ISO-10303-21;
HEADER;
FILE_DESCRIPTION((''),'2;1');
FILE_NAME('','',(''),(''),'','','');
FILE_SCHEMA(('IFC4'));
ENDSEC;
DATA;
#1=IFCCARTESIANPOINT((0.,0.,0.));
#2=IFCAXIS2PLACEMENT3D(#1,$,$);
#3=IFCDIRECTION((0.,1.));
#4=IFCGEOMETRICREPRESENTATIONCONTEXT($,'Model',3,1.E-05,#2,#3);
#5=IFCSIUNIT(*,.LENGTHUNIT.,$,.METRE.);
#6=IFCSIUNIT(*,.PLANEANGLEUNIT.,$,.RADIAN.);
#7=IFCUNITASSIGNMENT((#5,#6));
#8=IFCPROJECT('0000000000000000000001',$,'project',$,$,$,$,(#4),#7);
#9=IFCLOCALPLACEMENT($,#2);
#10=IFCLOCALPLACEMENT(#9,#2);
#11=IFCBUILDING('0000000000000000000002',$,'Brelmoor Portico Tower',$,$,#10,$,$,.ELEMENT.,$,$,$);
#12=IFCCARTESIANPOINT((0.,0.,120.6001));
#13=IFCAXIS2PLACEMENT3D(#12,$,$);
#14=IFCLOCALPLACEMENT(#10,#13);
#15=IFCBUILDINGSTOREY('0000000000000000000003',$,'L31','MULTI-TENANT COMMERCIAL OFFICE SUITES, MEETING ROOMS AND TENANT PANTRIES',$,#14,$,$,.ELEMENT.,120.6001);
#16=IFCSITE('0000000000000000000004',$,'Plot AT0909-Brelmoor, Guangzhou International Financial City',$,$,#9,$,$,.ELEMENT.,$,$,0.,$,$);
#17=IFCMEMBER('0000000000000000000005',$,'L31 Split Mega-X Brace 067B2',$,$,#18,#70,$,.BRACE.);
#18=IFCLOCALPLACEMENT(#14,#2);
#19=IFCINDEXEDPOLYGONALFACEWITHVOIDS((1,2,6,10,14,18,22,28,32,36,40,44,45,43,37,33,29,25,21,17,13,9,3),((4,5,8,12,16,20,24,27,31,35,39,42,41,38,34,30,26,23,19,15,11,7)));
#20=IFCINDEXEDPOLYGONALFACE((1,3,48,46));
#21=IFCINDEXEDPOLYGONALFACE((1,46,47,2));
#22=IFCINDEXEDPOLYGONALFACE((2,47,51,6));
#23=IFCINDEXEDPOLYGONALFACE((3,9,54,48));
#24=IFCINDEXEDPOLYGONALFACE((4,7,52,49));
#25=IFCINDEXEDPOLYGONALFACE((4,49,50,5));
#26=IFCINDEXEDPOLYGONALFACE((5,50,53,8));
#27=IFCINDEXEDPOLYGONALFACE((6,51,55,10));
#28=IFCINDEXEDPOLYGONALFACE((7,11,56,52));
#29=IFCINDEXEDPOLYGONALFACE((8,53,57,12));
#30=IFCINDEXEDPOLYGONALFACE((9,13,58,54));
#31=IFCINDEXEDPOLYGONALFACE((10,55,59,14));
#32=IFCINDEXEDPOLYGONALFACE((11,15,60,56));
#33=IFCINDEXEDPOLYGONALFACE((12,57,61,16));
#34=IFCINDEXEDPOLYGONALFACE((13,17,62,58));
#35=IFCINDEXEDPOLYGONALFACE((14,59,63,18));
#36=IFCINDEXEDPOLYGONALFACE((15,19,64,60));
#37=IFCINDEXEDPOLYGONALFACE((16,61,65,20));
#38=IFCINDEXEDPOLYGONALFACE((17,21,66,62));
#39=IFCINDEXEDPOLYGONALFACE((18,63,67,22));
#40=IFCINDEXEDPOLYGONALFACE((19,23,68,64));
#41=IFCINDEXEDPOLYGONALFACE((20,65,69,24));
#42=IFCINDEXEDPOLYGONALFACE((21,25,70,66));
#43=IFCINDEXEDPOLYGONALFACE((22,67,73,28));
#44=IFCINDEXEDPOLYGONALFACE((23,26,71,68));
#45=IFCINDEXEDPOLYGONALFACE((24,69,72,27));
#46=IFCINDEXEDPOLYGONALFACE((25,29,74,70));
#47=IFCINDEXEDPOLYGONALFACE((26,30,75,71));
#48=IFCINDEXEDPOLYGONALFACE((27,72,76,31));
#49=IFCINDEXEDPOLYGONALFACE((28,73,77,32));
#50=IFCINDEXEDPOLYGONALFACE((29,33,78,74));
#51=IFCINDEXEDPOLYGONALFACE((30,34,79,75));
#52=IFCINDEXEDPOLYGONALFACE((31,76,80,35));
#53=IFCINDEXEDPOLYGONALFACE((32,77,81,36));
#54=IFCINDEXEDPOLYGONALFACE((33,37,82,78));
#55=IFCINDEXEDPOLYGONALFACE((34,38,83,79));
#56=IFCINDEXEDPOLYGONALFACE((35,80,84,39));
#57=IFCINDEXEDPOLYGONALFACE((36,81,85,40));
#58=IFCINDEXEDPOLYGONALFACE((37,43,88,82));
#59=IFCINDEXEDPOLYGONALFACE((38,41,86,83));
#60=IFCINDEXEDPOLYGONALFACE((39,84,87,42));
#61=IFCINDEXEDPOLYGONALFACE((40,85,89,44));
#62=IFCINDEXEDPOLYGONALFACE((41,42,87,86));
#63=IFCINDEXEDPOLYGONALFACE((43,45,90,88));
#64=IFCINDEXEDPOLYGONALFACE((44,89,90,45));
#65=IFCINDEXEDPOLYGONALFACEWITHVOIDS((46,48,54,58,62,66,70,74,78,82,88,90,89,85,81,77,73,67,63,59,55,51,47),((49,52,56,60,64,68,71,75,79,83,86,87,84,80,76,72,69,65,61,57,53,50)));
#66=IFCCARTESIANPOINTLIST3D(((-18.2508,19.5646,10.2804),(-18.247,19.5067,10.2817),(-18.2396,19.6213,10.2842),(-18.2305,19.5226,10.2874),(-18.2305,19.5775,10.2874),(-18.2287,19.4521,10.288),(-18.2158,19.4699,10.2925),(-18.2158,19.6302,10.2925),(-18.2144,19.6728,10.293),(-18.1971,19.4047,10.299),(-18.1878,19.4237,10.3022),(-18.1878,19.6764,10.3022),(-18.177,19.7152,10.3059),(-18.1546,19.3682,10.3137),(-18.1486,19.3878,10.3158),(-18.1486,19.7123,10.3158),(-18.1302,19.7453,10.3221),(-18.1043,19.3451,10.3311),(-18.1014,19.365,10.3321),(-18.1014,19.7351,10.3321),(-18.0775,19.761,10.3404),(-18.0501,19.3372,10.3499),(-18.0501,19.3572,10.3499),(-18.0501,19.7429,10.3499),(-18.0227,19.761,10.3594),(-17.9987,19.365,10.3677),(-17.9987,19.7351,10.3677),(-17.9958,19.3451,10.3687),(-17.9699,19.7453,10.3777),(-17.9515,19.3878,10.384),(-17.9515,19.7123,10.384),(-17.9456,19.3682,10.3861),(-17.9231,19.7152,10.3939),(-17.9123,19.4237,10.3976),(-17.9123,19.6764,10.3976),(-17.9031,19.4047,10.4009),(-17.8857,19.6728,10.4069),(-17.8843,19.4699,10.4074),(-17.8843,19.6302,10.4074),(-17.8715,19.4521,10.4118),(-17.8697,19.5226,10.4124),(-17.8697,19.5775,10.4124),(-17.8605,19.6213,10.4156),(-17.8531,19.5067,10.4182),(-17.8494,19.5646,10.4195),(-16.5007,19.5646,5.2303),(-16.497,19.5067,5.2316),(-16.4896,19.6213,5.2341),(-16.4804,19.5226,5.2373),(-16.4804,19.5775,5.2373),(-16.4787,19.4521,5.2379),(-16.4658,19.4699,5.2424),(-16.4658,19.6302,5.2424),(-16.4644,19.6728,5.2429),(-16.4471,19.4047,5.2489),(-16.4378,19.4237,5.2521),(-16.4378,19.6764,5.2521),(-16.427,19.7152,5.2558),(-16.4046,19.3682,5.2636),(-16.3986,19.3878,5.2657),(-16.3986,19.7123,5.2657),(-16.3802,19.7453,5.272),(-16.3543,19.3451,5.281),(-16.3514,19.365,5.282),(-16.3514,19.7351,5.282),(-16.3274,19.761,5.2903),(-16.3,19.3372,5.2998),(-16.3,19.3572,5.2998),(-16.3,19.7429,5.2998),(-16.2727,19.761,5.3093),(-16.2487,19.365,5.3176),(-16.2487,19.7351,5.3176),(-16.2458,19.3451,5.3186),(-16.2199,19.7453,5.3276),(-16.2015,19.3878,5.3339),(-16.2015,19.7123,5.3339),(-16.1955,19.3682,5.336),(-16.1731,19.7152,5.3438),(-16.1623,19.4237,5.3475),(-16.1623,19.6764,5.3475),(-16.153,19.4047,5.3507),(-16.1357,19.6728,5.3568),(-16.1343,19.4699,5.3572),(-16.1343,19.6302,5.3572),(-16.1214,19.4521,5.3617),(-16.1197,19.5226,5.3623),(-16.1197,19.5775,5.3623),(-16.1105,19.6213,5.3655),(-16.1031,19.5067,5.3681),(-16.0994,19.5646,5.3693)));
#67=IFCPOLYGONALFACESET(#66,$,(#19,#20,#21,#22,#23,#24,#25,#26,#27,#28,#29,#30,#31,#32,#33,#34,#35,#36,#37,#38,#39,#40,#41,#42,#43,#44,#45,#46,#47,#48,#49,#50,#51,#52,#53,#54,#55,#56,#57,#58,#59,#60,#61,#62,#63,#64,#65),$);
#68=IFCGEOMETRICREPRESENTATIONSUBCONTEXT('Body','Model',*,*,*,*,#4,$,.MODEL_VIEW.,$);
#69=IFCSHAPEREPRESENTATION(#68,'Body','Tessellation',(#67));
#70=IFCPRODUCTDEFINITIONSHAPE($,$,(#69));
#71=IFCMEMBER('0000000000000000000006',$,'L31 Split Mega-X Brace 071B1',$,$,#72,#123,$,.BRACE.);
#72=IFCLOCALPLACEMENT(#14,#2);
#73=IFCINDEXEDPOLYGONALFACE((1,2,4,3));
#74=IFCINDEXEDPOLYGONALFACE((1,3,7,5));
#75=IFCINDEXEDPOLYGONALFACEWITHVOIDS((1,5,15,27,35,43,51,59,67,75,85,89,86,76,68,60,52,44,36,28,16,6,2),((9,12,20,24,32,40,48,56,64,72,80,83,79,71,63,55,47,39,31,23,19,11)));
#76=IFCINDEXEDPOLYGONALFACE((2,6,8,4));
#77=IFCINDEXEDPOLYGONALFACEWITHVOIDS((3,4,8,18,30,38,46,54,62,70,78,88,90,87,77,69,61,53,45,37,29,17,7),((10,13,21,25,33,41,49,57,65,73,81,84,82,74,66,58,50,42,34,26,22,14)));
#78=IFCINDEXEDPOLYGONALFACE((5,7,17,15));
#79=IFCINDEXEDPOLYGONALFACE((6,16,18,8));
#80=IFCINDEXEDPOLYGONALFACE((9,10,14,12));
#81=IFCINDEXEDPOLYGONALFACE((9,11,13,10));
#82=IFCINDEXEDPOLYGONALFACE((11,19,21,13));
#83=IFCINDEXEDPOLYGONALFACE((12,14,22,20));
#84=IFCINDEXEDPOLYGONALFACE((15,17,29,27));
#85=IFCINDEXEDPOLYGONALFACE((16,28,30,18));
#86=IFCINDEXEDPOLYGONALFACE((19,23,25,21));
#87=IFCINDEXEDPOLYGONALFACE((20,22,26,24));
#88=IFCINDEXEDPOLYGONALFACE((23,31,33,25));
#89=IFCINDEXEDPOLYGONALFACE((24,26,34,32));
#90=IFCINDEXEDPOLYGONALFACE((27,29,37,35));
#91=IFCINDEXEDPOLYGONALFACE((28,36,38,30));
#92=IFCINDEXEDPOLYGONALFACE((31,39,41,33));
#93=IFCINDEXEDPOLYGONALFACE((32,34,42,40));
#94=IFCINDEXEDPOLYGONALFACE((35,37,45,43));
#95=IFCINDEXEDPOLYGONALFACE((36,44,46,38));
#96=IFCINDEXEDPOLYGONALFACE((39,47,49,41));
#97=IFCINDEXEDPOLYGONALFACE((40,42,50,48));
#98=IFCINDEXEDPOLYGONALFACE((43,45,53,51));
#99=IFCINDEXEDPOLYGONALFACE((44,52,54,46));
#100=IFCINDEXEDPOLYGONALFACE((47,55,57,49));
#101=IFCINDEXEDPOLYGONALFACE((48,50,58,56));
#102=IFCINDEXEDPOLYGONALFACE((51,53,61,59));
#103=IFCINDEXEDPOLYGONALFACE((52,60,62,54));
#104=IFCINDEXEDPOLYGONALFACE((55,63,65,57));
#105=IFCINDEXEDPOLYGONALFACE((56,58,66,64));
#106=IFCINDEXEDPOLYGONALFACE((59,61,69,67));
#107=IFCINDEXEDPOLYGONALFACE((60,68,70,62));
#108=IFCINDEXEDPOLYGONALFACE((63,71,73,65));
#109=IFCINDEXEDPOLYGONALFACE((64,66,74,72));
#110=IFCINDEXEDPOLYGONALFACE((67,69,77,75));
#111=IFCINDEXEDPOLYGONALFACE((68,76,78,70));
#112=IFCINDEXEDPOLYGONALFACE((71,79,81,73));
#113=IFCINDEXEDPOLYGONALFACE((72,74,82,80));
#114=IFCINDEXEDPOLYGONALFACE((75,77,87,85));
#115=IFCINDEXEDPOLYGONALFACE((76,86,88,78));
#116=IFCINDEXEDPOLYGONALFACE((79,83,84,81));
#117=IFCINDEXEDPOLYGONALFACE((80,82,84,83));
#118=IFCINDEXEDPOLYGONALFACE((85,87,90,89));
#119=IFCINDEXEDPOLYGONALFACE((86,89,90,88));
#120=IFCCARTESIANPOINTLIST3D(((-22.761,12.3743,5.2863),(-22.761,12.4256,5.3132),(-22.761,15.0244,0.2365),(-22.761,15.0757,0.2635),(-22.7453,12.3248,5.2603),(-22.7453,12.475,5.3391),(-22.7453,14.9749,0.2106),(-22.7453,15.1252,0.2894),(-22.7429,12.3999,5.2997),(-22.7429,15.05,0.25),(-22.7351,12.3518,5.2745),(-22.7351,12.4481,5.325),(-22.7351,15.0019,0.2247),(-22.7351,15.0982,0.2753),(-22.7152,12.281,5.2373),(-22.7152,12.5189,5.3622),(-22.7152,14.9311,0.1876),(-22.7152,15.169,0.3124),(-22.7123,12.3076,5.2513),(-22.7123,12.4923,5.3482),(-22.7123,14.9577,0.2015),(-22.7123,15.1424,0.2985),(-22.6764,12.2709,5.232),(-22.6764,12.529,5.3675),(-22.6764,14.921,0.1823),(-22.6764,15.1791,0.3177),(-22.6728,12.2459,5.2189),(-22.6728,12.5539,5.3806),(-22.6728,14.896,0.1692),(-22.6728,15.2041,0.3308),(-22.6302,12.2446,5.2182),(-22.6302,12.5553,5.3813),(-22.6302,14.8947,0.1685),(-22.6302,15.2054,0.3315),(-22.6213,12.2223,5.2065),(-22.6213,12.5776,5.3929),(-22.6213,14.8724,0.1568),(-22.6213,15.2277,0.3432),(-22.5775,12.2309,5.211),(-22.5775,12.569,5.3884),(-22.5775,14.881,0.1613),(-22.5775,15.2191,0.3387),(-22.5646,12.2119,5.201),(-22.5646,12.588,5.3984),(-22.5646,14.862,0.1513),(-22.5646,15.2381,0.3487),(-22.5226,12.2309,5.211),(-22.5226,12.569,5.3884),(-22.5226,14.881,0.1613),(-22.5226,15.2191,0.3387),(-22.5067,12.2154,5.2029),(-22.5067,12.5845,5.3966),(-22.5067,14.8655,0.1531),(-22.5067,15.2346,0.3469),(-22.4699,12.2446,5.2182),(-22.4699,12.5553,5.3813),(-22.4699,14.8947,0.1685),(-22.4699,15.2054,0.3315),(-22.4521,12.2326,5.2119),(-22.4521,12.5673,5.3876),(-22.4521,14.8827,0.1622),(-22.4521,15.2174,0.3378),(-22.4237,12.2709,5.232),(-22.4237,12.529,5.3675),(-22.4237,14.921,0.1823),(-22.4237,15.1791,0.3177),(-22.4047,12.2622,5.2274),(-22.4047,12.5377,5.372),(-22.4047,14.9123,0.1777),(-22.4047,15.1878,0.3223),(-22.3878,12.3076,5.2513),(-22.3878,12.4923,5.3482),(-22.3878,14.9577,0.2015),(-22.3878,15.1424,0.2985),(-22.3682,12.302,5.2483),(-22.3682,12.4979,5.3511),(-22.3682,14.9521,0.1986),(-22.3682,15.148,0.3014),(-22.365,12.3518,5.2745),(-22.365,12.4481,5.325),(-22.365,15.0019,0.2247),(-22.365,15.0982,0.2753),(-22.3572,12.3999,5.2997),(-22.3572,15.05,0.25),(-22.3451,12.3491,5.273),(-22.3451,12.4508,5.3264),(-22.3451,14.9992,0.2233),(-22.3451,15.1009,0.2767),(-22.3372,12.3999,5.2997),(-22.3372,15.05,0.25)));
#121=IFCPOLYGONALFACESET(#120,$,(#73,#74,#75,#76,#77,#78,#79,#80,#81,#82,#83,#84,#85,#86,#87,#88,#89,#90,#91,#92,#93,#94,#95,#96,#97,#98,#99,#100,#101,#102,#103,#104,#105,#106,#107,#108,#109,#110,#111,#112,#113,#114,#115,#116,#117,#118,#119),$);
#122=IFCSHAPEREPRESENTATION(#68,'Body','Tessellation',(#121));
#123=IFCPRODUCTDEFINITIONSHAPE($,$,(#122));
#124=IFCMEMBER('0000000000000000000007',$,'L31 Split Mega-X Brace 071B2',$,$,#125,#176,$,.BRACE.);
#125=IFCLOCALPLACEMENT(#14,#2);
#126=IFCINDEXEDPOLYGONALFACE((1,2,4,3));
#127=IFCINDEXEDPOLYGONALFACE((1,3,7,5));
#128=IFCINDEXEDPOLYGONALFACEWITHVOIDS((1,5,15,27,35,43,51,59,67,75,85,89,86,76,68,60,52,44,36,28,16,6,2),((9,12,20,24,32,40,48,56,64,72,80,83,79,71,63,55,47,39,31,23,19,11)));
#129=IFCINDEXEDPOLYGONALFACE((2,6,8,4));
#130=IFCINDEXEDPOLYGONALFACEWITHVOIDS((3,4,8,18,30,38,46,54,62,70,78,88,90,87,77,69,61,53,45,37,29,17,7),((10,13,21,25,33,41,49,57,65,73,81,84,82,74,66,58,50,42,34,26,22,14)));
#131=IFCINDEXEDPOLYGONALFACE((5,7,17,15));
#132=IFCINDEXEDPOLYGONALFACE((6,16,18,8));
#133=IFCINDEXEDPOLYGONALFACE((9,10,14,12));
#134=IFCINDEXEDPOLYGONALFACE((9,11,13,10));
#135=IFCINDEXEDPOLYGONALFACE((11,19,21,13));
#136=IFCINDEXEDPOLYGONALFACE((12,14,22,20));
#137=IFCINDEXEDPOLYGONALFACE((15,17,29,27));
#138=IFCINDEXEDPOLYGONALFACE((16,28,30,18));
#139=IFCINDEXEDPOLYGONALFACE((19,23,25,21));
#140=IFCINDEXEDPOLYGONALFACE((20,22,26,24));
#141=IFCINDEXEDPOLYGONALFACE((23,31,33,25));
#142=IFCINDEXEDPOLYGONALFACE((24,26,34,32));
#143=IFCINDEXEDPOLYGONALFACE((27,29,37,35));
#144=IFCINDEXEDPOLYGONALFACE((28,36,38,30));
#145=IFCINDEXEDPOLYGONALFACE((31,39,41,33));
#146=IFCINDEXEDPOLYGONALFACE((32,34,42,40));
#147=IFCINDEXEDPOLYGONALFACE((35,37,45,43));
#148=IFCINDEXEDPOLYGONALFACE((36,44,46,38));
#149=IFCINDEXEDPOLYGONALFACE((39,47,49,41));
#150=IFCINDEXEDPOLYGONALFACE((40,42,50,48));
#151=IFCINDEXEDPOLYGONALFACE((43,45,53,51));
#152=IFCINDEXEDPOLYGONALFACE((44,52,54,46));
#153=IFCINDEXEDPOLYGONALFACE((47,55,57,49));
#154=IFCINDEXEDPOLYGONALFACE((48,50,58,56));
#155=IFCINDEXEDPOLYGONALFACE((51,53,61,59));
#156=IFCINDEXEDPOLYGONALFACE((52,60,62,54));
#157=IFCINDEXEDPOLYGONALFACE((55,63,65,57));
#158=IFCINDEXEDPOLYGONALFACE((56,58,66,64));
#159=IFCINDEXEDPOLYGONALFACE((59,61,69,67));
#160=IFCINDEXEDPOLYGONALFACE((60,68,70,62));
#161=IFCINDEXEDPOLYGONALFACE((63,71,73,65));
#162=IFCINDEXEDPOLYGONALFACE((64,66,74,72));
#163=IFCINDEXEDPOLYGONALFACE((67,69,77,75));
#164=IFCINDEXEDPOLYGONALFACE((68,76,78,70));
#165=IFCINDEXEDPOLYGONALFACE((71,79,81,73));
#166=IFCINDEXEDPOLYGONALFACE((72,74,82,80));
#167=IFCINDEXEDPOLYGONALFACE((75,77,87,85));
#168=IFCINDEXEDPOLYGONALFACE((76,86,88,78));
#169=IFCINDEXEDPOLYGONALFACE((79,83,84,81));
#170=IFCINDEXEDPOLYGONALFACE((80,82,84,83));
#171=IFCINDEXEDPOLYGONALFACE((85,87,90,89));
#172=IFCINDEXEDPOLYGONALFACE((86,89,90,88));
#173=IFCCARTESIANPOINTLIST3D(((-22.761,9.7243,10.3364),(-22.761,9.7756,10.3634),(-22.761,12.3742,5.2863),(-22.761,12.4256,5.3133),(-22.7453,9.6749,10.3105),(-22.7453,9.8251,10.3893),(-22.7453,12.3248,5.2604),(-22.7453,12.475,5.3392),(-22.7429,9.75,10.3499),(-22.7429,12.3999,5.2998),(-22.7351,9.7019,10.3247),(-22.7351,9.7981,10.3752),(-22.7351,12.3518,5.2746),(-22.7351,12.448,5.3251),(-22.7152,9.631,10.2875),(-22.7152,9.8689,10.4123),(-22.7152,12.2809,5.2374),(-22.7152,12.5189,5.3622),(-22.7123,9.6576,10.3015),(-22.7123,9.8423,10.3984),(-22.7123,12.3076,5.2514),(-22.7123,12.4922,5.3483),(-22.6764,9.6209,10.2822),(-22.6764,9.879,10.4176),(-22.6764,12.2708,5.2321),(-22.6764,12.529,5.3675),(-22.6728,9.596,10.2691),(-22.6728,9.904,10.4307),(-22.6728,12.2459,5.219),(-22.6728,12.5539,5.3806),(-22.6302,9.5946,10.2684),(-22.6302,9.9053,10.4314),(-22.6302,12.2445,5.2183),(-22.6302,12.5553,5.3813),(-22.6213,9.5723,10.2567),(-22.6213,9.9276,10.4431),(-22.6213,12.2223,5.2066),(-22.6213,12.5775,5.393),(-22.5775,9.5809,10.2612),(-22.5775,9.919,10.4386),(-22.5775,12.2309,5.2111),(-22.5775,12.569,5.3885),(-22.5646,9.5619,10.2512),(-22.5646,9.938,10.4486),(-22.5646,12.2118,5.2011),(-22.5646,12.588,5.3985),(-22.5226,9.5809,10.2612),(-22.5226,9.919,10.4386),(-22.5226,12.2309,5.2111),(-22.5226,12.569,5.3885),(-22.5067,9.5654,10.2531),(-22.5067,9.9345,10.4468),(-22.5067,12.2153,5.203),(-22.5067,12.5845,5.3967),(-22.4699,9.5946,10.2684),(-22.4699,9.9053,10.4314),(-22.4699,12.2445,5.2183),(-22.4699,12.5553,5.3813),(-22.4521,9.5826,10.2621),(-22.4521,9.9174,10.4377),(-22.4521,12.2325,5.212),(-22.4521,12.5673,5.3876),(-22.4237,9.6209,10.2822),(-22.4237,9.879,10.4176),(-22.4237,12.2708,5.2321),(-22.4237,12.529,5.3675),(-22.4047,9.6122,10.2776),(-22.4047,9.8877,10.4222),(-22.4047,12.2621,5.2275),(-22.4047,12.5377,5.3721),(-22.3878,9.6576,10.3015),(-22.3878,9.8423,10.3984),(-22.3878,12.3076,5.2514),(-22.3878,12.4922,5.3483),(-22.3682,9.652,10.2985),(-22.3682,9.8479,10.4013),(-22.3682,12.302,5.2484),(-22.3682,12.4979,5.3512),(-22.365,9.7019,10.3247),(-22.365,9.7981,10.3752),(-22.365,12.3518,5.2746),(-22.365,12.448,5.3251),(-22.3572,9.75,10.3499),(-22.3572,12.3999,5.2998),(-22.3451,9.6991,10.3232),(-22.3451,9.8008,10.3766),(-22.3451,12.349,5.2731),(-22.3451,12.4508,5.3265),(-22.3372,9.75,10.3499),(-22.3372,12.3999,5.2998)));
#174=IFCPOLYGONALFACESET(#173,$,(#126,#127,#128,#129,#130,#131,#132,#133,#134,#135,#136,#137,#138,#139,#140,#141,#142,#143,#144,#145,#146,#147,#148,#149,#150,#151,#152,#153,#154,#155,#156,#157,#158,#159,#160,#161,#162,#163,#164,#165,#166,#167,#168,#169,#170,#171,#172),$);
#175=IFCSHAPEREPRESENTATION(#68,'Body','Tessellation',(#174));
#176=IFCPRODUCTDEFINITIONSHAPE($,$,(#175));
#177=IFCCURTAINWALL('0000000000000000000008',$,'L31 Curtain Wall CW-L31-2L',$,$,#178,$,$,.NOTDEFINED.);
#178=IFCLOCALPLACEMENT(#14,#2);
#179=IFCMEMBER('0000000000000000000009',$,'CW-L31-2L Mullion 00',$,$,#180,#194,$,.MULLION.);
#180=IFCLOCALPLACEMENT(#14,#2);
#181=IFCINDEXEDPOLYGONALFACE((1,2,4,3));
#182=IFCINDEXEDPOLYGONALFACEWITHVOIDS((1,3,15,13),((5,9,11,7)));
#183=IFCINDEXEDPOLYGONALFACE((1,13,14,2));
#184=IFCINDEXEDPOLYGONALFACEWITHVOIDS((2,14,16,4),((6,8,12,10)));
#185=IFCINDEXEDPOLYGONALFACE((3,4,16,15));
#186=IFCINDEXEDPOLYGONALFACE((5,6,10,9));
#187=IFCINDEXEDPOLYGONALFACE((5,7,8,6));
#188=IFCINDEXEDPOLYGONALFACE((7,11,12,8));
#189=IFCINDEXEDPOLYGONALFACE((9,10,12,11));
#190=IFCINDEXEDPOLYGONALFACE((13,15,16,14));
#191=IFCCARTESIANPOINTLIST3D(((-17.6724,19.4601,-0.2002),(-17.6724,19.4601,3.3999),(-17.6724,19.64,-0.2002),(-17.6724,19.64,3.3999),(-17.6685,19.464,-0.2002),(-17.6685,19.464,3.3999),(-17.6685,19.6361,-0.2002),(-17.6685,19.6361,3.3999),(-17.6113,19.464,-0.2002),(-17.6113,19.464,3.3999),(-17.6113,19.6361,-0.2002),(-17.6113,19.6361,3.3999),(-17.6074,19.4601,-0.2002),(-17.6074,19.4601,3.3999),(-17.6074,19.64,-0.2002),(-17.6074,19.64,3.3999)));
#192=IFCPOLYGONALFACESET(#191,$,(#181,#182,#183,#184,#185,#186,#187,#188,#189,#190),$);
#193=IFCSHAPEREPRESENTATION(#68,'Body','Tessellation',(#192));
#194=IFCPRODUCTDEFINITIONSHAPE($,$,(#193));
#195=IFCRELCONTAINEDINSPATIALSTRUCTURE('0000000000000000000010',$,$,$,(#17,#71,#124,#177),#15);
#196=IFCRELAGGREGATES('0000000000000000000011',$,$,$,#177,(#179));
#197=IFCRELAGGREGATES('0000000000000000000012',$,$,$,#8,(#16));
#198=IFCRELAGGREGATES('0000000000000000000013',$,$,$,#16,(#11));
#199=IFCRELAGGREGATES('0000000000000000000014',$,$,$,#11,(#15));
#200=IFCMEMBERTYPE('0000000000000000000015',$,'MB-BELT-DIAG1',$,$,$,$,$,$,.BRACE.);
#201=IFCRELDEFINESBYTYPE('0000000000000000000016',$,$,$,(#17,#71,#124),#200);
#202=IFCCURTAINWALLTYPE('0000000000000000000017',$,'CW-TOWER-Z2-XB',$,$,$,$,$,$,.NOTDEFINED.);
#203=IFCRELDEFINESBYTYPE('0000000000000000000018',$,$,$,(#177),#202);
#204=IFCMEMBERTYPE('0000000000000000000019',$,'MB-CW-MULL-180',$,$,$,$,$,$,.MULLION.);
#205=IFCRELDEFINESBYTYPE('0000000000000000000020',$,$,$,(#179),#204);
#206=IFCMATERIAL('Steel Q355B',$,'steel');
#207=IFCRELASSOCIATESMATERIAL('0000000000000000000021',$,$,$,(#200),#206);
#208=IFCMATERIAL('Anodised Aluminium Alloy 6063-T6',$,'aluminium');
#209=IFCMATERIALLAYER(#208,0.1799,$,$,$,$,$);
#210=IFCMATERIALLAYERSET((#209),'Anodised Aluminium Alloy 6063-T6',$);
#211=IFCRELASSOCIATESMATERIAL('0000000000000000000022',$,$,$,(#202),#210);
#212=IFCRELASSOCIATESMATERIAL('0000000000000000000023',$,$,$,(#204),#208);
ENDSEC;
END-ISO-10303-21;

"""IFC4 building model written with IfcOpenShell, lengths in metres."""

from ifc_helpers import new_model, si_unit, direction, frame, origin, origin_2d, place, context, subcontext, project, spatial, hollow_rectangle, hollow_circle, extrude, material, layer, layer_set, material_profile, profile_set, type_object, element, aggregate, save


model = new_model("IFC4")

# Units and contexts
model_context = context("Model", 3, precision=1e-05, world=origin(), true_north=direction((0.0, 1.0)))
body_context = subcontext(model_context, "Body", "Model", "MODEL_VIEW")
ifc_project = project(units=[si_unit("LENGTHUNIT", "METRE"), si_unit("PLANEANGLEUNIT", "RADIAN")], contexts=[model_context])

# Site, building, storey
site_placement = place(None, origin())
site = spatial("IfcSite", under=ifc_project, at=site_placement, Name="Plot AT0909-Brelmoor, Guangzhou International Financial City", CompositionType="ELEMENT", RefElevation=0.0)
building_placement = place(site_placement, origin())
building = spatial("IfcBuilding", under=site, at=building_placement, Name="Brelmoor Portico Tower", CompositionType="ELEMENT")
storey_placement = place(building_placement, frame((0.0, 0.0, 120.6001)))
storey = spatial("IfcBuildingStorey", under=building, at=storey_placement, Name="L31", Description="MULTI-TENANT COMMERCIAL OFFICE SUITES, MEETING ROOMS AND TENANT PANTRIES", CompositionType="ELEMENT", Elevation=120.6001)

# Shared definitions
ifc_material_1 = material(Name="Steel Q355B", Category="steel")

# Members
ifc_material_profile_1 = material_profile(ifc_material_1, hollow_circle(Radius=0.2129, WallThickness=0.02, at=origin_2d()), Name="CHS 426x20")
ifc_profile_set_1 = profile_set([ifc_material_profile_1], Name="Steel Q355B")
member_type_1 = type_object("IfcMemberType", Name="MB-BELT-DIAG1", PredefinedType="BRACE", material=ifc_profile_set_1)
member_1_placement = place(storey_placement, frame((-16.3, 19.55, 5.2998), z_axis=(-0.327429, 0.0, 0.944876), x_axis=(0.0, -1.0, 0.0)))
element("IfcMember", 1, at=member_1_placement, inside=storey, type_object=member_type_1, Name="L31 Split Mega-X Brace 067B2", PredefinedType="BRACE", context=body_context, shape_type="SweptSolid", body=[
    extrude(hollow_circle(Radius=0.2129, WallThickness=0.02, at=origin_2d()), origin(), (0.0, 0.0, 1.0), 5.3447),
])
member_2_placement = place(storey_placement, frame((-22.55, 15.05, 0.25), z_axis=(0.0, -0.464696, 0.88547), x_axis=(1.0, 0.0, 0.0)))
element("IfcMember", 2, at=member_2_placement, inside=storey, type_object=member_type_1, Name="L31 Split Mega-X Brace 071B1", PredefinedType="BRACE", context=body_context, shape_type="SweptSolid", body=[
    extrude(hollow_circle(Radius=0.2129, WallThickness=0.02, at=origin_2d()), origin(), (0.0, 0.0, 1.0), 5.7029),
])
member_3_placement = place(storey_placement, frame((-22.55, 12.3999, 5.2998), z_axis=(0.0, -0.464645, 0.885497), x_axis=(1.0, 0.0, 0.0)))
element("IfcMember", 3, at=member_3_placement, inside=storey, type_object=member_type_1, Name="L31 Split Mega-X Brace 071B2", PredefinedType="BRACE", context=body_context, shape_type="SweptSolid", body=[
    extrude(hollow_circle(Radius=0.2129, WallThickness=0.02, at=origin_2d()), origin(), (0.0, 0.0, 1.0), 5.7031),
])

# Curtain wall, member
ifc_material_2 = material(Name="Anodised Aluminium Alloy 6063-T6", Category="aluminium")
ifc_layer_1 = layer(ifc_material_2, 0.1799)
ifc_layer_set_1 = layer_set([ifc_layer_1], Name="Anodised Aluminium Alloy 6063-T6")
curtain_wall_type = type_object("IfcCurtainWallType", Name="CW-TOWER-Z2-XB", PredefinedType="NOTDEFINED", material=ifc_layer_set_1)
curtain_wall_1_placement = place(storey_placement, origin())
curtain_wall_1 = element("IfcCurtainWall", 4, at=curtain_wall_1_placement, inside=storey, type_object=curtain_wall_type, Name="L31 Curtain Wall CW-L31-2L", PredefinedType="NOTDEFINED")
ifc_material_profile_2 = material_profile(ifc_material_2, hollow_rectangle(XDim=0.0649, YDim=0.1799, WallThickness=0.0039, at=origin_2d()), Name="ALU MULLION 65x180")
ifc_profile_set_2 = profile_set([ifc_material_profile_2], Name="Anodised Aluminium Alloy 6063-T6")
member_type_2 = type_object("IfcMemberType", Name="MB-CW-MULL-180", PredefinedType="MULLION", material=ifc_profile_set_2)
member_4_placement = place(storey_placement, frame((-17.6399, 19.55, -0.2002), z_axis=(0.0, 0.0, 1.0), x_axis=(1.0, 0.0, 0.0)))
member_4 = element("IfcMember", 5, at=member_4_placement, type_object=member_type_2, Name="CW-L31-2L Mullion 00", PredefinedType="MULLION", context=body_context, shape_type="SweptSolid", body=[
    extrude(hollow_rectangle(XDim=0.0649, YDim=0.1799, WallThickness=0.0039, at=origin_2d()), origin(), (0.0, 0.0, 1.0), 3.6001),
])

aggregate(curtain_wall_1, [member_4])

save(model, "model.ifc")
